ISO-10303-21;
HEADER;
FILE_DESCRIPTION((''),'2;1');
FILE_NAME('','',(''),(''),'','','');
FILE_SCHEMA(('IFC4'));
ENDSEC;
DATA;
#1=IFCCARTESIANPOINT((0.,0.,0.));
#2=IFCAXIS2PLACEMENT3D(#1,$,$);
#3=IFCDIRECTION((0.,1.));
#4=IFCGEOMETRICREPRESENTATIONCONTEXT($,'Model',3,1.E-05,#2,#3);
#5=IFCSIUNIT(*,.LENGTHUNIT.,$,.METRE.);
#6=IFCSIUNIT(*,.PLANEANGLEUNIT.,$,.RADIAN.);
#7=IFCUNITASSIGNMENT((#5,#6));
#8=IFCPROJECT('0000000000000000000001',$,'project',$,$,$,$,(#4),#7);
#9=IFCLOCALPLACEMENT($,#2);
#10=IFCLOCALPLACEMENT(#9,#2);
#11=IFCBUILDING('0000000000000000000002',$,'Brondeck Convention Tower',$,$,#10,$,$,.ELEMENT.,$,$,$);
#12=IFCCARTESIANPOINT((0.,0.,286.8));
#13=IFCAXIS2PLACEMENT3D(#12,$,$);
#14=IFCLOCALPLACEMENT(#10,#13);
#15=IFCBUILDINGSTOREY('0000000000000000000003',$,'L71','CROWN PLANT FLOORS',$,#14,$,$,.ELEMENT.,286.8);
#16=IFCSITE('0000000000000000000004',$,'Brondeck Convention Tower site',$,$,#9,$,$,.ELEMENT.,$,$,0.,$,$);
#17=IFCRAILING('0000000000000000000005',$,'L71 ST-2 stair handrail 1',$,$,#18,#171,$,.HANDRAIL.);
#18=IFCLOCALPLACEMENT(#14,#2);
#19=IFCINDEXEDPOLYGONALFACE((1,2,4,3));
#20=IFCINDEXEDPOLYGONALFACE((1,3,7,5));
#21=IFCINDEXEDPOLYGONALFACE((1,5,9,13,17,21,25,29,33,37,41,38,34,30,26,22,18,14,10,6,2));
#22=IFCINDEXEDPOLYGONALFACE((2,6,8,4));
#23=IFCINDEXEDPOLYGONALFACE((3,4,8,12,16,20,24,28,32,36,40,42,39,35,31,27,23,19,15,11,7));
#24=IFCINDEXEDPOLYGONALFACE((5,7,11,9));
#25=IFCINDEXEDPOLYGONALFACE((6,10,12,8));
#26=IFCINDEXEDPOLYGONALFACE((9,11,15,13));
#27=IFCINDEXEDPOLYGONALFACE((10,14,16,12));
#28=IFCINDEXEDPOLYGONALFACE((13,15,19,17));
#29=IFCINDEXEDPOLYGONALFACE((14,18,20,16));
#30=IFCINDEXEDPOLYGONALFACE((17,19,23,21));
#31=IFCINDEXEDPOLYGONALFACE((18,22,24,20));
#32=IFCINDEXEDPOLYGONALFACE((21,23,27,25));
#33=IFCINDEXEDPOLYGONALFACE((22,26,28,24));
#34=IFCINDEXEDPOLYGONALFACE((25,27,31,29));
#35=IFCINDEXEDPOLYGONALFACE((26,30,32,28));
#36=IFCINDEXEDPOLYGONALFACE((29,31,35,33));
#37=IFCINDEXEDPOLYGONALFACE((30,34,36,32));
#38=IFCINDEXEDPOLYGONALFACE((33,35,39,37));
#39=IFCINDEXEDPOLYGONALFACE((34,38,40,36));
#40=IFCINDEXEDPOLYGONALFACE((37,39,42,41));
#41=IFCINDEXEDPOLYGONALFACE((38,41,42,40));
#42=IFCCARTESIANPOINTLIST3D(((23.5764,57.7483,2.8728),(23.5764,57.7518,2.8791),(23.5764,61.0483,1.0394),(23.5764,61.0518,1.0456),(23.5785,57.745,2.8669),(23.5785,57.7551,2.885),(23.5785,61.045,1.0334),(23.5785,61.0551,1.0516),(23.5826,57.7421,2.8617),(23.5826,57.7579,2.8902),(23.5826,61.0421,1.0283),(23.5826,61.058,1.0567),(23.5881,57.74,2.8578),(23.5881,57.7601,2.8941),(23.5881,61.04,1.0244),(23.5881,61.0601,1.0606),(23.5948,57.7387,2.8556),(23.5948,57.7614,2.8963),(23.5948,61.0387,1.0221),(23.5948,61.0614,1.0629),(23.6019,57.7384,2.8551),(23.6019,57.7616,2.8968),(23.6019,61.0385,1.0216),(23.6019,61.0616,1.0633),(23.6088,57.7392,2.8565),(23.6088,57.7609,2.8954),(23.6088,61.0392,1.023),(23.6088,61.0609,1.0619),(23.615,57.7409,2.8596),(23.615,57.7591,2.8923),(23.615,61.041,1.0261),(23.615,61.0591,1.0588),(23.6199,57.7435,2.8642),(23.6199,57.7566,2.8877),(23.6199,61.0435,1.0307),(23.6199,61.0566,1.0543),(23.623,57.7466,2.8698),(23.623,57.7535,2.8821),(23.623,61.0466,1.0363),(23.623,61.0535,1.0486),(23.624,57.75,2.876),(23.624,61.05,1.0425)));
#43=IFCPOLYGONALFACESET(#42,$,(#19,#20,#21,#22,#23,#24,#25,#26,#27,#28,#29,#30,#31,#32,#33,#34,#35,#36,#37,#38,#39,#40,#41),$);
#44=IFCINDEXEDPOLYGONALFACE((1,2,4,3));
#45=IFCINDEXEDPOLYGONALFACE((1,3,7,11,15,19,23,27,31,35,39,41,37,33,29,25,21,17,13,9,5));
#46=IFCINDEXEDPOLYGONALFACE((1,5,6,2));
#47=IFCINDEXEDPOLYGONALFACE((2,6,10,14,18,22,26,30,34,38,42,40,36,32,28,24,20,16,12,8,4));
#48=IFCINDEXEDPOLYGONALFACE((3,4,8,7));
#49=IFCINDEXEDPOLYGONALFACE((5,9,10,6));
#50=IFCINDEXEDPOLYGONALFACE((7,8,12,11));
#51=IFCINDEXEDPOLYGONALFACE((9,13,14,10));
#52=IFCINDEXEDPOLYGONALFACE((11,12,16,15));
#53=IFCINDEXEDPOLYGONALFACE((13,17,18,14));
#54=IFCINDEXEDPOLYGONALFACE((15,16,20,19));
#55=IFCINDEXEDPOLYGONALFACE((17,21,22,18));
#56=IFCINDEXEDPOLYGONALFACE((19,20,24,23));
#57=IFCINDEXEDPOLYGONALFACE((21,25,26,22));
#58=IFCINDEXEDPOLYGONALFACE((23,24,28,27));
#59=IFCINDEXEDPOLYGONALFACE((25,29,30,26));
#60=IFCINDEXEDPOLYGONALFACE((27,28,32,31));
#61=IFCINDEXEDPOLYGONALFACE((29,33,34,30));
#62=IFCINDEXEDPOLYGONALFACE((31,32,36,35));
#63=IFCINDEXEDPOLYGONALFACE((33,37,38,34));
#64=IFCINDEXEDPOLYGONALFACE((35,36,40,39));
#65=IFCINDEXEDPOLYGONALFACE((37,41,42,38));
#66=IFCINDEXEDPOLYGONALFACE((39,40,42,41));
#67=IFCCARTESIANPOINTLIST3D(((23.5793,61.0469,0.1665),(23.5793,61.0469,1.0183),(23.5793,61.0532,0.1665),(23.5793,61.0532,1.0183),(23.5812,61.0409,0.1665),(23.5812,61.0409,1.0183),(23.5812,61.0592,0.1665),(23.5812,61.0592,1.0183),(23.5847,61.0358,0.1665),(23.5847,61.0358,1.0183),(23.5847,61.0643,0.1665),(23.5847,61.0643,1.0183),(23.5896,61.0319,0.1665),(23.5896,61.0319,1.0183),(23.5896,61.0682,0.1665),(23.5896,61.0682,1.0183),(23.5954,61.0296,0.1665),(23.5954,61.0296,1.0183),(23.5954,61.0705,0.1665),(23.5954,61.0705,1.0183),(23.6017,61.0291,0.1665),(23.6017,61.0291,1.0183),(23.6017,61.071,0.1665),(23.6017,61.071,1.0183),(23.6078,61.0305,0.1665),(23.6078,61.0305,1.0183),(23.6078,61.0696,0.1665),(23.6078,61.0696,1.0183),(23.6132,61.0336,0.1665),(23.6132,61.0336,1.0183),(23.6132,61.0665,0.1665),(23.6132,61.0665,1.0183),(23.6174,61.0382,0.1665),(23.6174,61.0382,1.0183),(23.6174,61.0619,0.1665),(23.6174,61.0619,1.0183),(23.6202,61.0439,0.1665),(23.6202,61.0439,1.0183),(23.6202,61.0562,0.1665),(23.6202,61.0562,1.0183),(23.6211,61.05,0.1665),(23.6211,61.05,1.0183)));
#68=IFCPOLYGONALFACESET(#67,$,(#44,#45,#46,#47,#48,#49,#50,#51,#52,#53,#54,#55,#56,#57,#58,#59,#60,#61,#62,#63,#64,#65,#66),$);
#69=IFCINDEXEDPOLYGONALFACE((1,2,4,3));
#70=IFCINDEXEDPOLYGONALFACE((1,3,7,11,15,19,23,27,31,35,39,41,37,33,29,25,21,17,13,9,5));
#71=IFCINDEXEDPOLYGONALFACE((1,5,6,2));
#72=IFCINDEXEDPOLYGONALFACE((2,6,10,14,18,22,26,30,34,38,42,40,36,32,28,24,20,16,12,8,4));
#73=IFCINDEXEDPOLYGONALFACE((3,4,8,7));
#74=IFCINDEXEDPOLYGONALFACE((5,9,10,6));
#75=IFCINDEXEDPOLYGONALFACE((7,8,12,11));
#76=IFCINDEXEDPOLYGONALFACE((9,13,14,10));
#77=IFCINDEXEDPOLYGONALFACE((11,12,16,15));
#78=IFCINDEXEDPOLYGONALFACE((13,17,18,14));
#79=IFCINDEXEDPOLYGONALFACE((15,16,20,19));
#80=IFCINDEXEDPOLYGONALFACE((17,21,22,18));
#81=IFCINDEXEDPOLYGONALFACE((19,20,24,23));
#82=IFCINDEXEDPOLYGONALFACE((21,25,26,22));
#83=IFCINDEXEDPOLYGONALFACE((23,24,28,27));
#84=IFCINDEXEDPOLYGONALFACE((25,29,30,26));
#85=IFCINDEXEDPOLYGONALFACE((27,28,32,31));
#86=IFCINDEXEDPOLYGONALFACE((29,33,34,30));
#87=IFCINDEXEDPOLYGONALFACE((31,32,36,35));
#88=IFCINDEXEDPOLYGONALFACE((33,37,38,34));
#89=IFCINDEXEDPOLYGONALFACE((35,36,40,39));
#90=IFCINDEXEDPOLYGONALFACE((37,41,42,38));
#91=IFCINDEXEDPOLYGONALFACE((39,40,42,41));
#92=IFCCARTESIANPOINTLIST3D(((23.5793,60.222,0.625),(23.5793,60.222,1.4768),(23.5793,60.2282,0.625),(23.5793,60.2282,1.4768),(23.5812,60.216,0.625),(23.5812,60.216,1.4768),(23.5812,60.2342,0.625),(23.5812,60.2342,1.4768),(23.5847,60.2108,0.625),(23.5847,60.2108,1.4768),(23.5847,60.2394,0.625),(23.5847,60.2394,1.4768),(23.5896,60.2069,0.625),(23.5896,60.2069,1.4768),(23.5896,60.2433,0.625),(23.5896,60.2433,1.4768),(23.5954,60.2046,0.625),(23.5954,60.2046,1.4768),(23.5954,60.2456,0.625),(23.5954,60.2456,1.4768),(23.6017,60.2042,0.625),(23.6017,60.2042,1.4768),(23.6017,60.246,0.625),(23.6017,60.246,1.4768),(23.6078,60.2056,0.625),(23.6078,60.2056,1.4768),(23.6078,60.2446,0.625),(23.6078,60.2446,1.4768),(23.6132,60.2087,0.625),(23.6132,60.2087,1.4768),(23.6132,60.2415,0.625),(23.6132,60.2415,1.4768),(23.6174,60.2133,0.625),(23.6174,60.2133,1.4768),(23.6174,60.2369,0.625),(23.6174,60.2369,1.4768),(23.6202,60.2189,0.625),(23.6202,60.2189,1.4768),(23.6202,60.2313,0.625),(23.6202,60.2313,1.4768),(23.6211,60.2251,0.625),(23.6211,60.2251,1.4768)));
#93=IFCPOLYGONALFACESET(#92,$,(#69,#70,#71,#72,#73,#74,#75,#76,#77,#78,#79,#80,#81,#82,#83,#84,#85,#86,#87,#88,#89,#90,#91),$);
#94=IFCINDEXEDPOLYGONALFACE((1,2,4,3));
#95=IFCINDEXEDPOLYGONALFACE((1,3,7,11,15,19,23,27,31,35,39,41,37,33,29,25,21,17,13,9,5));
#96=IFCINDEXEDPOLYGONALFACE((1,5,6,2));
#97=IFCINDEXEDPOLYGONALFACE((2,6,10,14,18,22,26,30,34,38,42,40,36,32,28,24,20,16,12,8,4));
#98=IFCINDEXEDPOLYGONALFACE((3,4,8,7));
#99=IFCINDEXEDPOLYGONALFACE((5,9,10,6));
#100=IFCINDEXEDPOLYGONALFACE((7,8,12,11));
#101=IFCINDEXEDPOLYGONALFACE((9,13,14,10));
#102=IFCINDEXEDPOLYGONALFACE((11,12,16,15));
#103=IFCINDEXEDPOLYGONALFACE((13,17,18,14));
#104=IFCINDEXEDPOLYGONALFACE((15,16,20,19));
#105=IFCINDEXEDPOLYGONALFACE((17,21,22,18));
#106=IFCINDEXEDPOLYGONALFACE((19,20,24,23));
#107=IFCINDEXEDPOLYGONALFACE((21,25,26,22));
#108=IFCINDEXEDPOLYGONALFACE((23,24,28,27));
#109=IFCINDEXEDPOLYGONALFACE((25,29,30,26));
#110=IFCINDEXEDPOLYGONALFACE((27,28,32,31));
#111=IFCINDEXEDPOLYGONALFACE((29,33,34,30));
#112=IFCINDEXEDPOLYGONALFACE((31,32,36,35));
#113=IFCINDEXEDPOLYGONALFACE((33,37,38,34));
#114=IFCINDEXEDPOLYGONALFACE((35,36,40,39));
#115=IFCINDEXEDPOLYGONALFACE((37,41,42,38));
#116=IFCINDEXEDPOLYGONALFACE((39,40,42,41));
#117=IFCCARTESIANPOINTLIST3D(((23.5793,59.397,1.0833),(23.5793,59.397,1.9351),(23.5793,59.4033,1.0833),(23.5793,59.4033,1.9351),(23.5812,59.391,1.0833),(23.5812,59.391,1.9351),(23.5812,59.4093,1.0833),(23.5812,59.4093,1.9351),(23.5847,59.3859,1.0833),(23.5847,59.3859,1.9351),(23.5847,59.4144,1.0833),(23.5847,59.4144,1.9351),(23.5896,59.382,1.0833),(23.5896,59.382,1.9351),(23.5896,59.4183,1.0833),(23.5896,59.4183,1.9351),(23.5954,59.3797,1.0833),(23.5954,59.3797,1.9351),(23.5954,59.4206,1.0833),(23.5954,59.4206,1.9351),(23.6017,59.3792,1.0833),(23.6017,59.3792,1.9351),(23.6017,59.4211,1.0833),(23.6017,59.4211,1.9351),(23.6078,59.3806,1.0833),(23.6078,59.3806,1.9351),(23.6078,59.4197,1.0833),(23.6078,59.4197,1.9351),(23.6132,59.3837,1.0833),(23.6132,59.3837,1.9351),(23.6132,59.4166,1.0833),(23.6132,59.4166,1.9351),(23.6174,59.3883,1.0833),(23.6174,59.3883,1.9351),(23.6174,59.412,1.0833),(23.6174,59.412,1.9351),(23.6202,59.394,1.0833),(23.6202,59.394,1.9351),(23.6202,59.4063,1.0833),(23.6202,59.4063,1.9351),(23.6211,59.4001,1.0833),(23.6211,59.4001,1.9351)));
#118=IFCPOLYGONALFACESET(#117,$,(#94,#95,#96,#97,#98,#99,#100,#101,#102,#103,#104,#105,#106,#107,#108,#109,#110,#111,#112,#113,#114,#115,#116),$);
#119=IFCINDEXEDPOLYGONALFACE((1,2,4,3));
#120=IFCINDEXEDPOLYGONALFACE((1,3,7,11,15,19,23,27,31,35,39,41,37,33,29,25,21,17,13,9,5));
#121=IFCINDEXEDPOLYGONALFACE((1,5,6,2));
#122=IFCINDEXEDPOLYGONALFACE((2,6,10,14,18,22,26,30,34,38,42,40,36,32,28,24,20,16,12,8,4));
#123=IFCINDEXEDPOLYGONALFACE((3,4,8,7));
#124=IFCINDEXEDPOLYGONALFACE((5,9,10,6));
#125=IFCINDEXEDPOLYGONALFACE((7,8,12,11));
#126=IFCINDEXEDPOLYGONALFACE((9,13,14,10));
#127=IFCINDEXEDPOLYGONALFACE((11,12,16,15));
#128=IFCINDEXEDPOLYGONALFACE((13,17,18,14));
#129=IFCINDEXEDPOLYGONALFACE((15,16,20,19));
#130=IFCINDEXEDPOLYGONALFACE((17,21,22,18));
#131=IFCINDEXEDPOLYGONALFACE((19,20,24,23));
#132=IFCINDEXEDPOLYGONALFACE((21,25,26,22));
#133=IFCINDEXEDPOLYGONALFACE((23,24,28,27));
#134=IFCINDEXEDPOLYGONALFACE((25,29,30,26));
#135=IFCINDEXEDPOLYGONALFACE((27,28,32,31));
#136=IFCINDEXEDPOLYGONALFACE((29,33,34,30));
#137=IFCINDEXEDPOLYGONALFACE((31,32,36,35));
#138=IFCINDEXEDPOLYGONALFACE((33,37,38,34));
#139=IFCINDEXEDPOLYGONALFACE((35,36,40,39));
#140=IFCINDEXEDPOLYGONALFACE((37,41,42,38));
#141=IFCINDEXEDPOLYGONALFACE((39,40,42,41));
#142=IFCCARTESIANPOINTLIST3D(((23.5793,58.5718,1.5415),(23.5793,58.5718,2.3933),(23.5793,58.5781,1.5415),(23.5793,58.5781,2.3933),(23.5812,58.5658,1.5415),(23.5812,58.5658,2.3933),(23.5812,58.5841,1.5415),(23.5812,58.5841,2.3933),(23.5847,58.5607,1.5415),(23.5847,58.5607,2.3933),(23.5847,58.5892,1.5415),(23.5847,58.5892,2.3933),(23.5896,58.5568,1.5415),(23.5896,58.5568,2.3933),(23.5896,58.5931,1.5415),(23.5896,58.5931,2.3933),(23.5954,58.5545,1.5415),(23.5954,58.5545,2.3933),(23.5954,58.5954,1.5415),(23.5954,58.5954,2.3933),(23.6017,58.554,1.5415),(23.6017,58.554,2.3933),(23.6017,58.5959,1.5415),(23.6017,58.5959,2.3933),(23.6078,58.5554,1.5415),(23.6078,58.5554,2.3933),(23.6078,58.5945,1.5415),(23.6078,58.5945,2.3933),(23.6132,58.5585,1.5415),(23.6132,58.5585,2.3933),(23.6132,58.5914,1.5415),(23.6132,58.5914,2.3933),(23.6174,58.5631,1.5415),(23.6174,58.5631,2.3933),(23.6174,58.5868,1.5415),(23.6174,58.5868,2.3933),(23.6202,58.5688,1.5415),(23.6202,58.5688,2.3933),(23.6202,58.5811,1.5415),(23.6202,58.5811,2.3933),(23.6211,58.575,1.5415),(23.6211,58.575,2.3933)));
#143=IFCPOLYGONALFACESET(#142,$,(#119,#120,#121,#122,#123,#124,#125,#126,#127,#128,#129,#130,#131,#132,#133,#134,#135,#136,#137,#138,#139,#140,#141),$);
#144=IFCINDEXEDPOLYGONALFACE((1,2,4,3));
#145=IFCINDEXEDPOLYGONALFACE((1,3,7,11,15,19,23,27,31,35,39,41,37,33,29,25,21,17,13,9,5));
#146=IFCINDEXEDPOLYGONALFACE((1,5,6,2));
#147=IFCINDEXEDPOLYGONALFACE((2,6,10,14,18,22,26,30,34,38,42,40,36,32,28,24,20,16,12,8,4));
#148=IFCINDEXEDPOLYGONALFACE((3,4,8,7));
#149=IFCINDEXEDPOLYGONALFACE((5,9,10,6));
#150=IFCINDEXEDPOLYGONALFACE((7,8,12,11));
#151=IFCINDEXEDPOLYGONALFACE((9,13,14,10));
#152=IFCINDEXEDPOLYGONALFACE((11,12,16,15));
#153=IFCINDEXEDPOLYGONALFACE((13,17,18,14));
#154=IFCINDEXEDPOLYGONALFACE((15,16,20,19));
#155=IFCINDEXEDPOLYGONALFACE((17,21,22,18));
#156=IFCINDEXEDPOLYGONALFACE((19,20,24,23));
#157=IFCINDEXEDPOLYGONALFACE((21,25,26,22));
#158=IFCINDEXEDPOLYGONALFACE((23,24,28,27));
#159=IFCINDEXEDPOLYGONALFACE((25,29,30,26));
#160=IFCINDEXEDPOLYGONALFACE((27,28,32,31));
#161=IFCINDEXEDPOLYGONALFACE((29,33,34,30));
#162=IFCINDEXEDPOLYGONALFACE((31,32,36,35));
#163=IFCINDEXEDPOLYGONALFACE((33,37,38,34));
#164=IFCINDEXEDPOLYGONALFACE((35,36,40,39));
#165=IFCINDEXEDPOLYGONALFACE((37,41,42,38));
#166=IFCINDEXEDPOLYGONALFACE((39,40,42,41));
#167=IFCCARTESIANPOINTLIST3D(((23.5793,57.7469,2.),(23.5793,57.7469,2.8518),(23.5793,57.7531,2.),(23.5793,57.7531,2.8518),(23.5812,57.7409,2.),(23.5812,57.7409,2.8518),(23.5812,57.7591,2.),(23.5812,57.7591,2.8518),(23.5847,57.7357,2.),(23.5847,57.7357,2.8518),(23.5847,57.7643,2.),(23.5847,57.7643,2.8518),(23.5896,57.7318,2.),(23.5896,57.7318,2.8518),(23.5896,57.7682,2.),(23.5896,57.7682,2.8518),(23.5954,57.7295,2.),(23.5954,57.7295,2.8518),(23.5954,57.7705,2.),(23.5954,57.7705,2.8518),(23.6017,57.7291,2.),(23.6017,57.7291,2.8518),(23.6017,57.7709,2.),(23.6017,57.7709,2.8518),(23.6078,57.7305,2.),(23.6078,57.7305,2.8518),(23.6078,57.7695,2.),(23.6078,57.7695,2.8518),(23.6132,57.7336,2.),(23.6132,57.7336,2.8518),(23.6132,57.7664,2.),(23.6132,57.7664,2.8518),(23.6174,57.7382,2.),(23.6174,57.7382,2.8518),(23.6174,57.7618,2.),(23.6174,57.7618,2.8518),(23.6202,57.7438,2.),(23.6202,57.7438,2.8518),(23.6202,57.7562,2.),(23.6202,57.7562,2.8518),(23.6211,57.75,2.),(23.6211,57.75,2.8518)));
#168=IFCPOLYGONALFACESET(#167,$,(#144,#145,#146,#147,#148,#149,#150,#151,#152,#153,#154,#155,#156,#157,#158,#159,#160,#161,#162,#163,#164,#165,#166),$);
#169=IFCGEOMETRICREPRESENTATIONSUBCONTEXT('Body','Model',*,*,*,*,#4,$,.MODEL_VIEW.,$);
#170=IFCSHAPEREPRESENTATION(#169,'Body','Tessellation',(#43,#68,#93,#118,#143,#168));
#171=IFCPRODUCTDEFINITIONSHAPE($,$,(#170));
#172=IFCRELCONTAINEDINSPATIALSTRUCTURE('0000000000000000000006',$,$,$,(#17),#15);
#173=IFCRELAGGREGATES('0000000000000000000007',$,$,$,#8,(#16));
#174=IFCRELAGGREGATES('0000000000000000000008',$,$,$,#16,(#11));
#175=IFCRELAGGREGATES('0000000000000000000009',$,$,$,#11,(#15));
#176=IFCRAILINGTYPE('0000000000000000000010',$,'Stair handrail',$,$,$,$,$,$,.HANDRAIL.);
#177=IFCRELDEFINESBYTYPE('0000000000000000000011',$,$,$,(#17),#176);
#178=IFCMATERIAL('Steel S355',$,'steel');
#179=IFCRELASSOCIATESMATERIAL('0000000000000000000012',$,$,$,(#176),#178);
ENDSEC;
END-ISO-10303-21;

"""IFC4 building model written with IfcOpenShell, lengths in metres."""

from ifc_helpers import new_model, si_unit, direction, frame, origin, origin_2d, place, context, subcontext, project, spatial, circle, extrude, material, type_object, element, save


model = new_model("IFC4")

# Units and contexts
model_context = context("Model", 3, precision=1e-05, world=origin(), true_north=direction((0.0, 1.0)))
body_context = subcontext(model_context, "Body", "Model", "MODEL_VIEW")
ifc_project = project(units=[si_unit("LENGTHUNIT", "METRE"), si_unit("PLANEANGLEUNIT", "RADIAN")], contexts=[model_context])

# Site, building, storey
site_placement = place(None, origin())
site = spatial("IfcSite", under=ifc_project, at=site_placement, Name="Brondeck Convention Tower site", CompositionType="ELEMENT", RefElevation=0.0)
building_placement = place(site_placement, origin())
building = spatial("IfcBuilding", under=site, at=building_placement, Name="Brondeck Convention Tower", CompositionType="ELEMENT")
storey_placement = place(building_placement, frame((0.0, 0.0, 286.8)))
storey = spatial("IfcBuildingStorey", under=building, at=storey_placement, Name="L71", Description="CROWN PLANT FLOORS", CompositionType="ELEMENT", Elevation=286.8)

# Railing
ifc_material_1 = material(Name="Steel S355", Category="steel")
railing_type_1 = type_object("IfcRailingType", Name="Stair handrail", PredefinedType="HANDRAIL", material=ifc_material_1)
railing_1_placement = place(storey_placement, frame((23.6001, 61.05, 0.1665)))
element("IfcRailing", 1, at=railing_1_placement, inside=storey, type_object=railing_type_1, Name="L71 ST-2 stair handrail 1", PredefinedType="HANDRAIL", context=body_context, shape_type="SweptSolid", body=[
    extrude(circle(Radius=0.0239, at=origin_2d()), frame((0.0, 0.0, 0.876), z_axis=(0.0, -0.874142, 0.48567), x_axis=(1.0, 0.0, 0.0)), (0.0, 0.0, 1.0), 3.7751),
    extrude(circle(Radius=0.021, at=origin_2d()), origin(), (0.0, 0.0, 1.0), 0.8518),
    extrude(circle(Radius=0.021, at=origin_2d()), frame((0.0, -0.825, 0.4585)), (0.0, 0.0, 1.0), 0.8518),
    extrude(circle(Radius=0.021, at=origin_2d()), frame((0.0, -1.6499, 0.9167)), (0.0, 0.0, 1.0), 0.8518),
    extrude(circle(Radius=0.021, at=origin_2d()), frame((0.0, -2.4751, 1.375)), (0.0, 0.0, 1.0), 0.8518),
    extrude(circle(Radius=0.021, at=origin_2d()), frame((0.0, -3.3, 1.8335)), (0.0, 0.0, 1.0), 0.8518),
])

save(model, "model.ifc")
